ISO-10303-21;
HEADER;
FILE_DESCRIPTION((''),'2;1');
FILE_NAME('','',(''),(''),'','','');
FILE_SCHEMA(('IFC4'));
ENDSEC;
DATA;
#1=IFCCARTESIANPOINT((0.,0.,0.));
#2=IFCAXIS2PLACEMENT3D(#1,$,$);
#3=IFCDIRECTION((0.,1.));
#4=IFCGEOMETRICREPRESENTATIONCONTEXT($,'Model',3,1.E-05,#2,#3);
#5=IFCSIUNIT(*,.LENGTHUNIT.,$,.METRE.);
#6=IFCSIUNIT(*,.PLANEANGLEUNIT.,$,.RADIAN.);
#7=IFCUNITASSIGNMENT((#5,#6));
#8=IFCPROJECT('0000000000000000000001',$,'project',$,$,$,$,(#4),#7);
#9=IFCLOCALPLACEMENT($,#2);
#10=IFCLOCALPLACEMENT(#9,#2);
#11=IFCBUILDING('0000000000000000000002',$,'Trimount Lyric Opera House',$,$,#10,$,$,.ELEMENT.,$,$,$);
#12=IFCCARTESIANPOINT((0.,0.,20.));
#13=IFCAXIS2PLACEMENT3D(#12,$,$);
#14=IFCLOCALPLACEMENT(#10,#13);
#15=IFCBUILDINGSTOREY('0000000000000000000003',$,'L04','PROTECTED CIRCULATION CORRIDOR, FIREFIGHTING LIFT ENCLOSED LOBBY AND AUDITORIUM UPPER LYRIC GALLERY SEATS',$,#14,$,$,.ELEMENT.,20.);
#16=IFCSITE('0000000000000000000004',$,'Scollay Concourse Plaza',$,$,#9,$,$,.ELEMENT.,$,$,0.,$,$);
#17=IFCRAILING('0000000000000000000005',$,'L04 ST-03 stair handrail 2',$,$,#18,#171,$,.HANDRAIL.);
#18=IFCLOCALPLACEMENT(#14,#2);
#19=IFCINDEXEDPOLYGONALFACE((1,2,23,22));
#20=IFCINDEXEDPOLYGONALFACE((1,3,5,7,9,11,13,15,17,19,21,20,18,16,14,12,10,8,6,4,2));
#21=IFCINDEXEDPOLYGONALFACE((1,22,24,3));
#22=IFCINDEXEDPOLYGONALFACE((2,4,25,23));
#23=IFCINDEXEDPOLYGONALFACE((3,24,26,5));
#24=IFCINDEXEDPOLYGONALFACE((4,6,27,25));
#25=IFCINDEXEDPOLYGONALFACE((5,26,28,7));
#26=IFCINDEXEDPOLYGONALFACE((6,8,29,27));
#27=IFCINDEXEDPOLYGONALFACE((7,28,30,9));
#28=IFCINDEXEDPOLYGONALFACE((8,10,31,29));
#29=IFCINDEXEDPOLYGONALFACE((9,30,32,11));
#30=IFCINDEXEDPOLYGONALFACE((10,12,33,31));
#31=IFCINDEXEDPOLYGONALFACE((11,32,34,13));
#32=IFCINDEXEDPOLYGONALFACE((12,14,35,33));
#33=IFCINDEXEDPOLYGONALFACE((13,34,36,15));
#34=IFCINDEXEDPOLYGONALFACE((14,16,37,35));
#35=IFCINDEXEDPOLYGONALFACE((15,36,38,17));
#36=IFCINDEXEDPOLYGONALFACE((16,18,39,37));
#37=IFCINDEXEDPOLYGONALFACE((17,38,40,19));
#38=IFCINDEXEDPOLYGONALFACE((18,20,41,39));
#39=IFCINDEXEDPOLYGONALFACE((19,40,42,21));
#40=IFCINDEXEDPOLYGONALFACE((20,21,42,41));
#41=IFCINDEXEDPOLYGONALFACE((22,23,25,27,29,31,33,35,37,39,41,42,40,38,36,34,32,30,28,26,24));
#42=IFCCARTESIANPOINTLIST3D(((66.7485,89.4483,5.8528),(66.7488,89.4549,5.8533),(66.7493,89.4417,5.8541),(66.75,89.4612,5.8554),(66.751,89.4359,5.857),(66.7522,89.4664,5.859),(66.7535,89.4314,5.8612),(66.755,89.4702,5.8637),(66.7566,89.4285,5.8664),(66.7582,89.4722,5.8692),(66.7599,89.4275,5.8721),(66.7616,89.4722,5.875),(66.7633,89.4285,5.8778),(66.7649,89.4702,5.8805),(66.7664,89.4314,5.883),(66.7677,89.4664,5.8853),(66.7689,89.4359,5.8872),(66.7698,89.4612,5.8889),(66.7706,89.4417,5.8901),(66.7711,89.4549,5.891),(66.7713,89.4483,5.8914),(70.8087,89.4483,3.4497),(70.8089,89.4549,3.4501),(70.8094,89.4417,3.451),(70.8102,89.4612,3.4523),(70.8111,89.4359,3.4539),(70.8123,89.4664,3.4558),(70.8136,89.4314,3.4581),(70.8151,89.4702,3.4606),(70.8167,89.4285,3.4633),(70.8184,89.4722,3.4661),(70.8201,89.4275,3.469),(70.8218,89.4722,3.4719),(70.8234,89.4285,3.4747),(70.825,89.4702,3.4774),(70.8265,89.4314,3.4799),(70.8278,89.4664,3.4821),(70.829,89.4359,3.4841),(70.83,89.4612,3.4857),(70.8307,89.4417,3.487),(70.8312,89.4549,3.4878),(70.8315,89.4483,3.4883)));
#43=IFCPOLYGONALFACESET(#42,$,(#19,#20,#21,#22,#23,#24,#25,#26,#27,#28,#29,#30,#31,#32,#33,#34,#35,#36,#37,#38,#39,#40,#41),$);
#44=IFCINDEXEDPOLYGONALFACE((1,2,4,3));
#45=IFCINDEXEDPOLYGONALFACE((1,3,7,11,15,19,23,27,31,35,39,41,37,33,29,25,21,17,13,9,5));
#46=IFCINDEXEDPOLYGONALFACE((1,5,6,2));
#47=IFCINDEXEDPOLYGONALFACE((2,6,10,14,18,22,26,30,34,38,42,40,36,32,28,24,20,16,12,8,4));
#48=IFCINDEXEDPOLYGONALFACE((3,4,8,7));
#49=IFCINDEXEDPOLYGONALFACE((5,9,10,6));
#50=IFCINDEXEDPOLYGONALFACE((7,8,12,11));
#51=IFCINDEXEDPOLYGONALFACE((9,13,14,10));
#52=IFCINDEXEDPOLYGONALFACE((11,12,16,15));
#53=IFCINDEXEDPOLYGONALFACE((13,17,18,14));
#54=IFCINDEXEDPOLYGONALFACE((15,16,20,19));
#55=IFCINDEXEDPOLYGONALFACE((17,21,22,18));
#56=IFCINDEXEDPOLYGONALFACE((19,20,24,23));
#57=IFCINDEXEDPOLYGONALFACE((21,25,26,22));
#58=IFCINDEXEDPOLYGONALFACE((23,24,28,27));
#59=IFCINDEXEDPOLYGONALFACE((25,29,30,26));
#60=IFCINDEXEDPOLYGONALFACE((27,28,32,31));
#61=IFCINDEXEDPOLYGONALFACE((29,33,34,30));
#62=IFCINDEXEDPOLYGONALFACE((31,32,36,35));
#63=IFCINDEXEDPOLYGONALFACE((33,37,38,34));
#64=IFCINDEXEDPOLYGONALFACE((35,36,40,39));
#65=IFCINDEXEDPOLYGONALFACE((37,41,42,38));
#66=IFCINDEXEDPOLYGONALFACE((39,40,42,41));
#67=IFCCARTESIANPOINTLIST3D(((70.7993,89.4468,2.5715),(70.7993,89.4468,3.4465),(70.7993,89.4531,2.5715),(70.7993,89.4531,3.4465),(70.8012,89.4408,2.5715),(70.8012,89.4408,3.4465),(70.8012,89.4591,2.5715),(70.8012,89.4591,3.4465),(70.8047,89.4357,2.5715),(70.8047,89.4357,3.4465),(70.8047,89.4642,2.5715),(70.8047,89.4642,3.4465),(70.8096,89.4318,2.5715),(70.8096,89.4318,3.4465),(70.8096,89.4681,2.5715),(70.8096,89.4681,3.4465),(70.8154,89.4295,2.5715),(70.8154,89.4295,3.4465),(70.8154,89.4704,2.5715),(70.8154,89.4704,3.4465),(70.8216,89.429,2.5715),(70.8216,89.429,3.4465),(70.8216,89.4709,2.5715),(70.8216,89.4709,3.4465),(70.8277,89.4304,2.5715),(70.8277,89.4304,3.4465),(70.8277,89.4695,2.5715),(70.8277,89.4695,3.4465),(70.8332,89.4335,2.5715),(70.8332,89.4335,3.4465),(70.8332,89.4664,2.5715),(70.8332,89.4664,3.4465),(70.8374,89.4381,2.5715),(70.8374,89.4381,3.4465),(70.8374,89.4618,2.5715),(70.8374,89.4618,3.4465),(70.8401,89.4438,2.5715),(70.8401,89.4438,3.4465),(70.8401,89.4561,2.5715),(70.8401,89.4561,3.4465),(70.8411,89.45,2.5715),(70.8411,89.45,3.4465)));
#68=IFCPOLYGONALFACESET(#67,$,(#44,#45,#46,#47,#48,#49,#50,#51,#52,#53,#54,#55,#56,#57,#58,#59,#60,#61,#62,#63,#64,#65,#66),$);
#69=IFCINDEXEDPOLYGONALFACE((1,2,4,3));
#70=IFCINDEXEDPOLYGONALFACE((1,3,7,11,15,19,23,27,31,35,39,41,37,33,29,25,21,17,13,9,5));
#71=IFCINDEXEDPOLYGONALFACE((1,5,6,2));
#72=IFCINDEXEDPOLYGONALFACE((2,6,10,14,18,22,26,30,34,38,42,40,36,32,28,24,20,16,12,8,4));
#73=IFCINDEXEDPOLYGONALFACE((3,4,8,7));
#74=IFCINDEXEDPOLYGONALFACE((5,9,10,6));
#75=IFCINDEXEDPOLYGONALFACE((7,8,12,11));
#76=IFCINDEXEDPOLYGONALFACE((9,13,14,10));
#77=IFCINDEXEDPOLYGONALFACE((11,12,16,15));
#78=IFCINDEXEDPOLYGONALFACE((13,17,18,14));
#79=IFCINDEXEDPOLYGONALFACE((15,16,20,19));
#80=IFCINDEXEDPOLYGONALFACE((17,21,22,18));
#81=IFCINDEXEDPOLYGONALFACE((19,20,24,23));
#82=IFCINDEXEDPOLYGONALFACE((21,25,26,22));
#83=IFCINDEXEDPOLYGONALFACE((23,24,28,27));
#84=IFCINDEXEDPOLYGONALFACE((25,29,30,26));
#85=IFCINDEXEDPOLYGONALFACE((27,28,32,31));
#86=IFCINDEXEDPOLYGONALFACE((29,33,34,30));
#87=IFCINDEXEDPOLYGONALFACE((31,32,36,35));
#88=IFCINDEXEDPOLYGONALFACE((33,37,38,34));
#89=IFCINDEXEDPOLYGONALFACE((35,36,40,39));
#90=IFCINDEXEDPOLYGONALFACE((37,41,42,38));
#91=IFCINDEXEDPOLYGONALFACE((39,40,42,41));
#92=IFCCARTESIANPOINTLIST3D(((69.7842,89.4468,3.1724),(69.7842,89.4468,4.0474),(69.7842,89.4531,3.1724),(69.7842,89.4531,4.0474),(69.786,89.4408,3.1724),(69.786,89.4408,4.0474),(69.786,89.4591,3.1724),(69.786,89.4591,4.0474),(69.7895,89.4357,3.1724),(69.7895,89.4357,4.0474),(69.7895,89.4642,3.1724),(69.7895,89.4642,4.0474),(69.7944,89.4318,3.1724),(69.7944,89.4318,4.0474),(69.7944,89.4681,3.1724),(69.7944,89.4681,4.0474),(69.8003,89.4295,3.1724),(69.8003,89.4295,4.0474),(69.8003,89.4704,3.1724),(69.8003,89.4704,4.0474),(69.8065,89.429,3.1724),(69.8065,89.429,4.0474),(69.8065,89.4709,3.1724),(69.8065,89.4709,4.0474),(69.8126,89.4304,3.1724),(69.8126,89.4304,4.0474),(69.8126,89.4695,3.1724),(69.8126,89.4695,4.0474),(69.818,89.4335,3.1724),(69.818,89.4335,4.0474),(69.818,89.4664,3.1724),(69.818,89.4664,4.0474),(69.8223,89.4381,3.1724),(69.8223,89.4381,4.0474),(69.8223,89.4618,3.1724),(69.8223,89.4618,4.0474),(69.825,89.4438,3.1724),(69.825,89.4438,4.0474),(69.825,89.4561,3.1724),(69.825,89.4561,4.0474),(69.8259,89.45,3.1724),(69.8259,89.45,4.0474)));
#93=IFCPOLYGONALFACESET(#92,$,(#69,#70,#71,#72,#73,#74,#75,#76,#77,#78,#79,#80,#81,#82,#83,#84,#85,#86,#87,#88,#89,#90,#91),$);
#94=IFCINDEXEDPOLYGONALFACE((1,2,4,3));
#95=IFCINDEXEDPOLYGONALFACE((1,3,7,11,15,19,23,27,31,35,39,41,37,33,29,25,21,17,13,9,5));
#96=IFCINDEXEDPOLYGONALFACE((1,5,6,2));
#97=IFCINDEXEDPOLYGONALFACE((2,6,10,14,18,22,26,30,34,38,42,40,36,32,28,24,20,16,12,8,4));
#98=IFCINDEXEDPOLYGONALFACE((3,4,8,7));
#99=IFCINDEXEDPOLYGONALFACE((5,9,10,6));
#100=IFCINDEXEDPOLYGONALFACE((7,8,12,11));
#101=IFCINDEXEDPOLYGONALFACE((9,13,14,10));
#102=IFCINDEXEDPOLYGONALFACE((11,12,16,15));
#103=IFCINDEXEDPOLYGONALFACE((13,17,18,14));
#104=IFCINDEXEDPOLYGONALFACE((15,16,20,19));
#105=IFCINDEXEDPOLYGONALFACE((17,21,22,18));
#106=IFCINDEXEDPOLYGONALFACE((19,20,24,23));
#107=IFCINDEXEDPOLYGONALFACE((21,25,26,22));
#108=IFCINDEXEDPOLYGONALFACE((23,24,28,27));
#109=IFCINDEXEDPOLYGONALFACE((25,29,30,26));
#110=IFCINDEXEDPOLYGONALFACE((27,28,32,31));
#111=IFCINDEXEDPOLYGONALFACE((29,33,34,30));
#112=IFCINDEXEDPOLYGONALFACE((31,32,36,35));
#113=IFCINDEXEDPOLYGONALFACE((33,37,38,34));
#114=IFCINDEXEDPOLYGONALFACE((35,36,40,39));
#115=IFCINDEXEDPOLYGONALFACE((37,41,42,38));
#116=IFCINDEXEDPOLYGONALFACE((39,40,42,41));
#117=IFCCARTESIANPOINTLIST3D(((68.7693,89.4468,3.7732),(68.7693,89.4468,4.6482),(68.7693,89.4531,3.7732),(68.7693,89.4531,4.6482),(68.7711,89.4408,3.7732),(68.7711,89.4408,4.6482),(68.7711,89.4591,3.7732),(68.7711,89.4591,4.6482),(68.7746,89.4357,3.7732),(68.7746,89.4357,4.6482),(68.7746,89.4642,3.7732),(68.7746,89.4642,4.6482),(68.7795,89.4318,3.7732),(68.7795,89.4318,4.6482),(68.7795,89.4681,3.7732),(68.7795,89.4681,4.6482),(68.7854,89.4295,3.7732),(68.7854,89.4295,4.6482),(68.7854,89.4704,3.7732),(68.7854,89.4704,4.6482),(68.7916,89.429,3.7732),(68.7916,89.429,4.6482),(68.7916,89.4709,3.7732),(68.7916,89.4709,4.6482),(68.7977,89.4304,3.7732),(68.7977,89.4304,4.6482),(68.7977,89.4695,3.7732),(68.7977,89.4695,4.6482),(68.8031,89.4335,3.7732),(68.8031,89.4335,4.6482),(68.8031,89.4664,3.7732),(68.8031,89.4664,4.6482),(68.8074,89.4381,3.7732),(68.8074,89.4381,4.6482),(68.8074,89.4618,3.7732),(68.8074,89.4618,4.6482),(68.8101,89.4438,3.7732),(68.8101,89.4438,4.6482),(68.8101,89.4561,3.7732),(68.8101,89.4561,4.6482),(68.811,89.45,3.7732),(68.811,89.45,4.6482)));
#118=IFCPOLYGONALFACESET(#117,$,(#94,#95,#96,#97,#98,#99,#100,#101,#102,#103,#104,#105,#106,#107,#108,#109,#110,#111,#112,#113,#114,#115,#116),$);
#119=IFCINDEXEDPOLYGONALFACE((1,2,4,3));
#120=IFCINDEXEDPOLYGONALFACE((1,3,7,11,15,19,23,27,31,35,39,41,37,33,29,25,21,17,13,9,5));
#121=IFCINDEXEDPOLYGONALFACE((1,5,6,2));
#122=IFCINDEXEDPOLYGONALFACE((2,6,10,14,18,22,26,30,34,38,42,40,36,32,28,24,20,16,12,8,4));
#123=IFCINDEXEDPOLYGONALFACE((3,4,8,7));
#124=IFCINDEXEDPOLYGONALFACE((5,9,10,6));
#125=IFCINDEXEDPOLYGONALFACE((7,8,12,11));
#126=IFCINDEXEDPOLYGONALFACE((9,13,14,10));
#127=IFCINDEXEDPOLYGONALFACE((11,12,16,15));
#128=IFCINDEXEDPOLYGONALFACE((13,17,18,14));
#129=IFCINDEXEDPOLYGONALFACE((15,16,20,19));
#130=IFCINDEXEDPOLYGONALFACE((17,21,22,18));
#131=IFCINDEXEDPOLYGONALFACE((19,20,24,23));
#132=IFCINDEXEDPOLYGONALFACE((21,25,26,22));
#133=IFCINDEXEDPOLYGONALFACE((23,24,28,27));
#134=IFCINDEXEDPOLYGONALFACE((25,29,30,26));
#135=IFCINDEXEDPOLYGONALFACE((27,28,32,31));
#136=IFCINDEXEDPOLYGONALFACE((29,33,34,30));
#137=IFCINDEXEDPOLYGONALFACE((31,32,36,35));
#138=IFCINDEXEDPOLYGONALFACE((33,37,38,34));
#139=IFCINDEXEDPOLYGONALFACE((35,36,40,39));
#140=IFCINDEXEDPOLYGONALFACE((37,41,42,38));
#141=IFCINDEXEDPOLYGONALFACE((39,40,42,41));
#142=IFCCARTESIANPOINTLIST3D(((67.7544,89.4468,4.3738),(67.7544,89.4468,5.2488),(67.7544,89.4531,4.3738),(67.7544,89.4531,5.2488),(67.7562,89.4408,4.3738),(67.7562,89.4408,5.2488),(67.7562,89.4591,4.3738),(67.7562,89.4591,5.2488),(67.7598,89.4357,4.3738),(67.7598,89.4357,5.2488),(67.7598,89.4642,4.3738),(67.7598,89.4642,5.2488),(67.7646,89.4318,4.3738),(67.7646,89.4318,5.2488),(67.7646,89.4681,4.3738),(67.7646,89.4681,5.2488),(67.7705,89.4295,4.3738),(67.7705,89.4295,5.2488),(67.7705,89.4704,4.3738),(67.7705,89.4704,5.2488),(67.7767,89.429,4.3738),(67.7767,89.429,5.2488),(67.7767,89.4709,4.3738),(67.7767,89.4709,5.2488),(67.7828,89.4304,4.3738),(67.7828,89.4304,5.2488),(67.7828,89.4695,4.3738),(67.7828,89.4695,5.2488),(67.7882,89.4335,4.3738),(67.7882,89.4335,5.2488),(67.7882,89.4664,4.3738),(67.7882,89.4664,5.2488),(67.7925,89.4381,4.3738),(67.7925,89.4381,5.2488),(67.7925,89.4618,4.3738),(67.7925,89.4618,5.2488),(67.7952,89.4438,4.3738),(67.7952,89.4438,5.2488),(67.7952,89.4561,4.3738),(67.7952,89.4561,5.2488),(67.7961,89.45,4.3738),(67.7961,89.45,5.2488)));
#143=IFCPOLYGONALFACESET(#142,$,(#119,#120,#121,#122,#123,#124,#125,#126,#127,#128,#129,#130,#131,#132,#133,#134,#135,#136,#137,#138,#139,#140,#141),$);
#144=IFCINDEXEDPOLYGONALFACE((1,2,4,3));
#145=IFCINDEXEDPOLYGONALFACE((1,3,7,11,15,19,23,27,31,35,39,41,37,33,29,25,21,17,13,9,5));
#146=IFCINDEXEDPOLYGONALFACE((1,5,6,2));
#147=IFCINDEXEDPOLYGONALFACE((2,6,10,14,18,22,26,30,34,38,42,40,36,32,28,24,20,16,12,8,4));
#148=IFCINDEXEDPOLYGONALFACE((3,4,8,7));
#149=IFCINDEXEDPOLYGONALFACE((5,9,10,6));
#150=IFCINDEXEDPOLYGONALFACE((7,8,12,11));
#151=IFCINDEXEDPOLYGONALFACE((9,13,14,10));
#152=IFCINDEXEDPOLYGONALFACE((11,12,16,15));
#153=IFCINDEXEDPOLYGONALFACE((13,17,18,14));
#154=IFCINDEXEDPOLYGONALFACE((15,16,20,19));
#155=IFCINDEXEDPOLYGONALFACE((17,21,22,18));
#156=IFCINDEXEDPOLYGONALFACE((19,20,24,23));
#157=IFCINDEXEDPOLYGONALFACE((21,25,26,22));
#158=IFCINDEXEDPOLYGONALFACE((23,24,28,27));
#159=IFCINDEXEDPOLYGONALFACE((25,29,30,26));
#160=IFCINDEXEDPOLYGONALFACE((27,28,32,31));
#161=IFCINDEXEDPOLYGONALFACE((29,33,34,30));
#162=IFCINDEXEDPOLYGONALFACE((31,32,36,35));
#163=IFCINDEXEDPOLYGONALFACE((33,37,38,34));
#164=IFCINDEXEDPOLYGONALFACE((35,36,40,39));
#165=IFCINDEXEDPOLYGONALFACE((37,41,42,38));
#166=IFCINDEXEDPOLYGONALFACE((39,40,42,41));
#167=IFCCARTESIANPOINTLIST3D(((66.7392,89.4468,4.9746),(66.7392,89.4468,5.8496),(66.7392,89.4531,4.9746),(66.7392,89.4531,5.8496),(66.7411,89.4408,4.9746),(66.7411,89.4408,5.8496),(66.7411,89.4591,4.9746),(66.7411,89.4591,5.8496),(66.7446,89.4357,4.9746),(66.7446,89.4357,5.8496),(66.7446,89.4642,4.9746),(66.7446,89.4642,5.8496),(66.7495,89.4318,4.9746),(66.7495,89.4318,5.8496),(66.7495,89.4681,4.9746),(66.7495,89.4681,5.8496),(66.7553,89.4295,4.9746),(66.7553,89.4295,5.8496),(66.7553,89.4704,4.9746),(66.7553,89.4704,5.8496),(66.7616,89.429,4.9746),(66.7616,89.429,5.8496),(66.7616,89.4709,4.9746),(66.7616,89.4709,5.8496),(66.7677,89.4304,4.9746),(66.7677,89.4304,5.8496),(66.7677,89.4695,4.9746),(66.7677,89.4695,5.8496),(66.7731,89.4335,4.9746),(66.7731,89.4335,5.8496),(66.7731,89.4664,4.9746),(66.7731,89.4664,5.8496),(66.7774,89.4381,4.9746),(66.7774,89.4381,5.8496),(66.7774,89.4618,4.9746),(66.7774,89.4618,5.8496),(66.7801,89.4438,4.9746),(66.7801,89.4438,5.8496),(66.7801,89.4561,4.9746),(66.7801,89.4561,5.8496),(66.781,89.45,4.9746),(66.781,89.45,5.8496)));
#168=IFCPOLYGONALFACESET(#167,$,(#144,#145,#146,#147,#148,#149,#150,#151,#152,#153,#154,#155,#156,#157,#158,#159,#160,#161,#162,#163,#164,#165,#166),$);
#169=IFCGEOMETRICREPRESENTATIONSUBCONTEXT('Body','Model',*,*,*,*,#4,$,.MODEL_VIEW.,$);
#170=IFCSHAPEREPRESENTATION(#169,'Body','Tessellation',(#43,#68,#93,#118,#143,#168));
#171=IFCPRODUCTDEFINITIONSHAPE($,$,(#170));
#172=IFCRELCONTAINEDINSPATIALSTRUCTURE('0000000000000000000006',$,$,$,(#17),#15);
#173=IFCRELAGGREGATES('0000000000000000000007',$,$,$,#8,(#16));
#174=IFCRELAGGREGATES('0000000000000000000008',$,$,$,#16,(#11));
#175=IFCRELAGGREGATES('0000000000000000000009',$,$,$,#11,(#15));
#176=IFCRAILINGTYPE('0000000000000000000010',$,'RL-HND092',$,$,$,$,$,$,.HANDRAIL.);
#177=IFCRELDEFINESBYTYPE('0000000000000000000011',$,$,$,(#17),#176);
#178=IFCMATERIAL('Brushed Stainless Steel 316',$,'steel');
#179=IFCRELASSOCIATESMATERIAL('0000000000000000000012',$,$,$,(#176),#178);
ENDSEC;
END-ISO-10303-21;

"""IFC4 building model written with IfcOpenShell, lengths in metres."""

from ifc_helpers import new_model, si_unit, direction, frame, origin, origin_2d, place, context, subcontext, project, spatial, circle, extrude, material, type_object, element, save


model = new_model("IFC4")

# Units and contexts
model_context = context("Model", 3, precision=1e-05, world=origin(), true_north=direction((0.0, 1.0)))
body_context = subcontext(model_context, "Body", "Model", "MODEL_VIEW")
ifc_project = project(units=[si_unit("LENGTHUNIT", "METRE"), si_unit("PLANEANGLEUNIT", "RADIAN")], contexts=[model_context])

# Site, building, storey
site_placement = place(None, origin())
site = spatial("IfcSite", under=ifc_project, at=site_placement, Name="Scollay Concourse Plaza", CompositionType="ELEMENT", RefElevation=0.0)
building_placement = place(site_placement, origin())
building = spatial("IfcBuilding", under=site, at=building_placement, Name="Trimount Lyric Opera House", CompositionType="ELEMENT")
storey_placement = place(building_placement, frame((0.0, 0.0, 20.0)))
storey = spatial("IfcBuildingStorey", under=building, at=storey_placement, Name="L04", Description="PROTECTED CIRCULATION CORRIDOR, FIREFIGHTING LIFT ENCLOSED LOBBY AND AUDITORIUM UPPER LYRIC GALLERY SEATS", CompositionType="ELEMENT", Elevation=20.0)

# Railing
ifc_material_1 = material(Name="Brushed Stainless Steel 316", Category="steel")
railing_type_1 = type_object("IfcRailingType", Name="RL-HND092", PredefinedType="HANDRAIL", material=ifc_material_1)
railing_1_placement = place(storey_placement, frame((70.8201, 89.45, 2.5715)))
element("IfcRailing", 1, at=railing_1_placement, inside=storey, type_object=railing_type_1, Name="L04 ST-03 stair handrail 2", PredefinedType="HANDRAIL", context=body_context, shape_type="SweptSolid", body=[
    extrude(circle(Radius=0.0225, at=origin_2d()), frame((0.0, 0.0, 0.8975), z_axis=(-0.86056, 0.0, 0.50935), x_axis=(0.0, -1.0, 0.0)), (0.0, 0.0, 1.0), 4.718),
    extrude(circle(Radius=0.021, at=origin_2d()), origin(), (0.0, 0.0, 1.0), 0.875),
    extrude(circle(Radius=0.021, at=origin_2d()), frame((-1.0151, 0.0, 0.6008)), (0.0, 0.0, 1.0), 0.875),
    extrude(circle(Radius=0.021, at=origin_2d()), frame((-2.03, 0.0, 1.2017)), (0.0, 0.0, 1.0), 0.875),
    extrude(circle(Radius=0.021, at=origin_2d()), frame((-3.0449, 0.0, 1.8022)), (0.0, 0.0, 1.0), 0.875),
    extrude(circle(Radius=0.021, at=origin_2d()), frame((-4.0601, 0.0, 2.4031)), (0.0, 0.0, 1.0), 0.875),
])

save(model, "model.ifc")
